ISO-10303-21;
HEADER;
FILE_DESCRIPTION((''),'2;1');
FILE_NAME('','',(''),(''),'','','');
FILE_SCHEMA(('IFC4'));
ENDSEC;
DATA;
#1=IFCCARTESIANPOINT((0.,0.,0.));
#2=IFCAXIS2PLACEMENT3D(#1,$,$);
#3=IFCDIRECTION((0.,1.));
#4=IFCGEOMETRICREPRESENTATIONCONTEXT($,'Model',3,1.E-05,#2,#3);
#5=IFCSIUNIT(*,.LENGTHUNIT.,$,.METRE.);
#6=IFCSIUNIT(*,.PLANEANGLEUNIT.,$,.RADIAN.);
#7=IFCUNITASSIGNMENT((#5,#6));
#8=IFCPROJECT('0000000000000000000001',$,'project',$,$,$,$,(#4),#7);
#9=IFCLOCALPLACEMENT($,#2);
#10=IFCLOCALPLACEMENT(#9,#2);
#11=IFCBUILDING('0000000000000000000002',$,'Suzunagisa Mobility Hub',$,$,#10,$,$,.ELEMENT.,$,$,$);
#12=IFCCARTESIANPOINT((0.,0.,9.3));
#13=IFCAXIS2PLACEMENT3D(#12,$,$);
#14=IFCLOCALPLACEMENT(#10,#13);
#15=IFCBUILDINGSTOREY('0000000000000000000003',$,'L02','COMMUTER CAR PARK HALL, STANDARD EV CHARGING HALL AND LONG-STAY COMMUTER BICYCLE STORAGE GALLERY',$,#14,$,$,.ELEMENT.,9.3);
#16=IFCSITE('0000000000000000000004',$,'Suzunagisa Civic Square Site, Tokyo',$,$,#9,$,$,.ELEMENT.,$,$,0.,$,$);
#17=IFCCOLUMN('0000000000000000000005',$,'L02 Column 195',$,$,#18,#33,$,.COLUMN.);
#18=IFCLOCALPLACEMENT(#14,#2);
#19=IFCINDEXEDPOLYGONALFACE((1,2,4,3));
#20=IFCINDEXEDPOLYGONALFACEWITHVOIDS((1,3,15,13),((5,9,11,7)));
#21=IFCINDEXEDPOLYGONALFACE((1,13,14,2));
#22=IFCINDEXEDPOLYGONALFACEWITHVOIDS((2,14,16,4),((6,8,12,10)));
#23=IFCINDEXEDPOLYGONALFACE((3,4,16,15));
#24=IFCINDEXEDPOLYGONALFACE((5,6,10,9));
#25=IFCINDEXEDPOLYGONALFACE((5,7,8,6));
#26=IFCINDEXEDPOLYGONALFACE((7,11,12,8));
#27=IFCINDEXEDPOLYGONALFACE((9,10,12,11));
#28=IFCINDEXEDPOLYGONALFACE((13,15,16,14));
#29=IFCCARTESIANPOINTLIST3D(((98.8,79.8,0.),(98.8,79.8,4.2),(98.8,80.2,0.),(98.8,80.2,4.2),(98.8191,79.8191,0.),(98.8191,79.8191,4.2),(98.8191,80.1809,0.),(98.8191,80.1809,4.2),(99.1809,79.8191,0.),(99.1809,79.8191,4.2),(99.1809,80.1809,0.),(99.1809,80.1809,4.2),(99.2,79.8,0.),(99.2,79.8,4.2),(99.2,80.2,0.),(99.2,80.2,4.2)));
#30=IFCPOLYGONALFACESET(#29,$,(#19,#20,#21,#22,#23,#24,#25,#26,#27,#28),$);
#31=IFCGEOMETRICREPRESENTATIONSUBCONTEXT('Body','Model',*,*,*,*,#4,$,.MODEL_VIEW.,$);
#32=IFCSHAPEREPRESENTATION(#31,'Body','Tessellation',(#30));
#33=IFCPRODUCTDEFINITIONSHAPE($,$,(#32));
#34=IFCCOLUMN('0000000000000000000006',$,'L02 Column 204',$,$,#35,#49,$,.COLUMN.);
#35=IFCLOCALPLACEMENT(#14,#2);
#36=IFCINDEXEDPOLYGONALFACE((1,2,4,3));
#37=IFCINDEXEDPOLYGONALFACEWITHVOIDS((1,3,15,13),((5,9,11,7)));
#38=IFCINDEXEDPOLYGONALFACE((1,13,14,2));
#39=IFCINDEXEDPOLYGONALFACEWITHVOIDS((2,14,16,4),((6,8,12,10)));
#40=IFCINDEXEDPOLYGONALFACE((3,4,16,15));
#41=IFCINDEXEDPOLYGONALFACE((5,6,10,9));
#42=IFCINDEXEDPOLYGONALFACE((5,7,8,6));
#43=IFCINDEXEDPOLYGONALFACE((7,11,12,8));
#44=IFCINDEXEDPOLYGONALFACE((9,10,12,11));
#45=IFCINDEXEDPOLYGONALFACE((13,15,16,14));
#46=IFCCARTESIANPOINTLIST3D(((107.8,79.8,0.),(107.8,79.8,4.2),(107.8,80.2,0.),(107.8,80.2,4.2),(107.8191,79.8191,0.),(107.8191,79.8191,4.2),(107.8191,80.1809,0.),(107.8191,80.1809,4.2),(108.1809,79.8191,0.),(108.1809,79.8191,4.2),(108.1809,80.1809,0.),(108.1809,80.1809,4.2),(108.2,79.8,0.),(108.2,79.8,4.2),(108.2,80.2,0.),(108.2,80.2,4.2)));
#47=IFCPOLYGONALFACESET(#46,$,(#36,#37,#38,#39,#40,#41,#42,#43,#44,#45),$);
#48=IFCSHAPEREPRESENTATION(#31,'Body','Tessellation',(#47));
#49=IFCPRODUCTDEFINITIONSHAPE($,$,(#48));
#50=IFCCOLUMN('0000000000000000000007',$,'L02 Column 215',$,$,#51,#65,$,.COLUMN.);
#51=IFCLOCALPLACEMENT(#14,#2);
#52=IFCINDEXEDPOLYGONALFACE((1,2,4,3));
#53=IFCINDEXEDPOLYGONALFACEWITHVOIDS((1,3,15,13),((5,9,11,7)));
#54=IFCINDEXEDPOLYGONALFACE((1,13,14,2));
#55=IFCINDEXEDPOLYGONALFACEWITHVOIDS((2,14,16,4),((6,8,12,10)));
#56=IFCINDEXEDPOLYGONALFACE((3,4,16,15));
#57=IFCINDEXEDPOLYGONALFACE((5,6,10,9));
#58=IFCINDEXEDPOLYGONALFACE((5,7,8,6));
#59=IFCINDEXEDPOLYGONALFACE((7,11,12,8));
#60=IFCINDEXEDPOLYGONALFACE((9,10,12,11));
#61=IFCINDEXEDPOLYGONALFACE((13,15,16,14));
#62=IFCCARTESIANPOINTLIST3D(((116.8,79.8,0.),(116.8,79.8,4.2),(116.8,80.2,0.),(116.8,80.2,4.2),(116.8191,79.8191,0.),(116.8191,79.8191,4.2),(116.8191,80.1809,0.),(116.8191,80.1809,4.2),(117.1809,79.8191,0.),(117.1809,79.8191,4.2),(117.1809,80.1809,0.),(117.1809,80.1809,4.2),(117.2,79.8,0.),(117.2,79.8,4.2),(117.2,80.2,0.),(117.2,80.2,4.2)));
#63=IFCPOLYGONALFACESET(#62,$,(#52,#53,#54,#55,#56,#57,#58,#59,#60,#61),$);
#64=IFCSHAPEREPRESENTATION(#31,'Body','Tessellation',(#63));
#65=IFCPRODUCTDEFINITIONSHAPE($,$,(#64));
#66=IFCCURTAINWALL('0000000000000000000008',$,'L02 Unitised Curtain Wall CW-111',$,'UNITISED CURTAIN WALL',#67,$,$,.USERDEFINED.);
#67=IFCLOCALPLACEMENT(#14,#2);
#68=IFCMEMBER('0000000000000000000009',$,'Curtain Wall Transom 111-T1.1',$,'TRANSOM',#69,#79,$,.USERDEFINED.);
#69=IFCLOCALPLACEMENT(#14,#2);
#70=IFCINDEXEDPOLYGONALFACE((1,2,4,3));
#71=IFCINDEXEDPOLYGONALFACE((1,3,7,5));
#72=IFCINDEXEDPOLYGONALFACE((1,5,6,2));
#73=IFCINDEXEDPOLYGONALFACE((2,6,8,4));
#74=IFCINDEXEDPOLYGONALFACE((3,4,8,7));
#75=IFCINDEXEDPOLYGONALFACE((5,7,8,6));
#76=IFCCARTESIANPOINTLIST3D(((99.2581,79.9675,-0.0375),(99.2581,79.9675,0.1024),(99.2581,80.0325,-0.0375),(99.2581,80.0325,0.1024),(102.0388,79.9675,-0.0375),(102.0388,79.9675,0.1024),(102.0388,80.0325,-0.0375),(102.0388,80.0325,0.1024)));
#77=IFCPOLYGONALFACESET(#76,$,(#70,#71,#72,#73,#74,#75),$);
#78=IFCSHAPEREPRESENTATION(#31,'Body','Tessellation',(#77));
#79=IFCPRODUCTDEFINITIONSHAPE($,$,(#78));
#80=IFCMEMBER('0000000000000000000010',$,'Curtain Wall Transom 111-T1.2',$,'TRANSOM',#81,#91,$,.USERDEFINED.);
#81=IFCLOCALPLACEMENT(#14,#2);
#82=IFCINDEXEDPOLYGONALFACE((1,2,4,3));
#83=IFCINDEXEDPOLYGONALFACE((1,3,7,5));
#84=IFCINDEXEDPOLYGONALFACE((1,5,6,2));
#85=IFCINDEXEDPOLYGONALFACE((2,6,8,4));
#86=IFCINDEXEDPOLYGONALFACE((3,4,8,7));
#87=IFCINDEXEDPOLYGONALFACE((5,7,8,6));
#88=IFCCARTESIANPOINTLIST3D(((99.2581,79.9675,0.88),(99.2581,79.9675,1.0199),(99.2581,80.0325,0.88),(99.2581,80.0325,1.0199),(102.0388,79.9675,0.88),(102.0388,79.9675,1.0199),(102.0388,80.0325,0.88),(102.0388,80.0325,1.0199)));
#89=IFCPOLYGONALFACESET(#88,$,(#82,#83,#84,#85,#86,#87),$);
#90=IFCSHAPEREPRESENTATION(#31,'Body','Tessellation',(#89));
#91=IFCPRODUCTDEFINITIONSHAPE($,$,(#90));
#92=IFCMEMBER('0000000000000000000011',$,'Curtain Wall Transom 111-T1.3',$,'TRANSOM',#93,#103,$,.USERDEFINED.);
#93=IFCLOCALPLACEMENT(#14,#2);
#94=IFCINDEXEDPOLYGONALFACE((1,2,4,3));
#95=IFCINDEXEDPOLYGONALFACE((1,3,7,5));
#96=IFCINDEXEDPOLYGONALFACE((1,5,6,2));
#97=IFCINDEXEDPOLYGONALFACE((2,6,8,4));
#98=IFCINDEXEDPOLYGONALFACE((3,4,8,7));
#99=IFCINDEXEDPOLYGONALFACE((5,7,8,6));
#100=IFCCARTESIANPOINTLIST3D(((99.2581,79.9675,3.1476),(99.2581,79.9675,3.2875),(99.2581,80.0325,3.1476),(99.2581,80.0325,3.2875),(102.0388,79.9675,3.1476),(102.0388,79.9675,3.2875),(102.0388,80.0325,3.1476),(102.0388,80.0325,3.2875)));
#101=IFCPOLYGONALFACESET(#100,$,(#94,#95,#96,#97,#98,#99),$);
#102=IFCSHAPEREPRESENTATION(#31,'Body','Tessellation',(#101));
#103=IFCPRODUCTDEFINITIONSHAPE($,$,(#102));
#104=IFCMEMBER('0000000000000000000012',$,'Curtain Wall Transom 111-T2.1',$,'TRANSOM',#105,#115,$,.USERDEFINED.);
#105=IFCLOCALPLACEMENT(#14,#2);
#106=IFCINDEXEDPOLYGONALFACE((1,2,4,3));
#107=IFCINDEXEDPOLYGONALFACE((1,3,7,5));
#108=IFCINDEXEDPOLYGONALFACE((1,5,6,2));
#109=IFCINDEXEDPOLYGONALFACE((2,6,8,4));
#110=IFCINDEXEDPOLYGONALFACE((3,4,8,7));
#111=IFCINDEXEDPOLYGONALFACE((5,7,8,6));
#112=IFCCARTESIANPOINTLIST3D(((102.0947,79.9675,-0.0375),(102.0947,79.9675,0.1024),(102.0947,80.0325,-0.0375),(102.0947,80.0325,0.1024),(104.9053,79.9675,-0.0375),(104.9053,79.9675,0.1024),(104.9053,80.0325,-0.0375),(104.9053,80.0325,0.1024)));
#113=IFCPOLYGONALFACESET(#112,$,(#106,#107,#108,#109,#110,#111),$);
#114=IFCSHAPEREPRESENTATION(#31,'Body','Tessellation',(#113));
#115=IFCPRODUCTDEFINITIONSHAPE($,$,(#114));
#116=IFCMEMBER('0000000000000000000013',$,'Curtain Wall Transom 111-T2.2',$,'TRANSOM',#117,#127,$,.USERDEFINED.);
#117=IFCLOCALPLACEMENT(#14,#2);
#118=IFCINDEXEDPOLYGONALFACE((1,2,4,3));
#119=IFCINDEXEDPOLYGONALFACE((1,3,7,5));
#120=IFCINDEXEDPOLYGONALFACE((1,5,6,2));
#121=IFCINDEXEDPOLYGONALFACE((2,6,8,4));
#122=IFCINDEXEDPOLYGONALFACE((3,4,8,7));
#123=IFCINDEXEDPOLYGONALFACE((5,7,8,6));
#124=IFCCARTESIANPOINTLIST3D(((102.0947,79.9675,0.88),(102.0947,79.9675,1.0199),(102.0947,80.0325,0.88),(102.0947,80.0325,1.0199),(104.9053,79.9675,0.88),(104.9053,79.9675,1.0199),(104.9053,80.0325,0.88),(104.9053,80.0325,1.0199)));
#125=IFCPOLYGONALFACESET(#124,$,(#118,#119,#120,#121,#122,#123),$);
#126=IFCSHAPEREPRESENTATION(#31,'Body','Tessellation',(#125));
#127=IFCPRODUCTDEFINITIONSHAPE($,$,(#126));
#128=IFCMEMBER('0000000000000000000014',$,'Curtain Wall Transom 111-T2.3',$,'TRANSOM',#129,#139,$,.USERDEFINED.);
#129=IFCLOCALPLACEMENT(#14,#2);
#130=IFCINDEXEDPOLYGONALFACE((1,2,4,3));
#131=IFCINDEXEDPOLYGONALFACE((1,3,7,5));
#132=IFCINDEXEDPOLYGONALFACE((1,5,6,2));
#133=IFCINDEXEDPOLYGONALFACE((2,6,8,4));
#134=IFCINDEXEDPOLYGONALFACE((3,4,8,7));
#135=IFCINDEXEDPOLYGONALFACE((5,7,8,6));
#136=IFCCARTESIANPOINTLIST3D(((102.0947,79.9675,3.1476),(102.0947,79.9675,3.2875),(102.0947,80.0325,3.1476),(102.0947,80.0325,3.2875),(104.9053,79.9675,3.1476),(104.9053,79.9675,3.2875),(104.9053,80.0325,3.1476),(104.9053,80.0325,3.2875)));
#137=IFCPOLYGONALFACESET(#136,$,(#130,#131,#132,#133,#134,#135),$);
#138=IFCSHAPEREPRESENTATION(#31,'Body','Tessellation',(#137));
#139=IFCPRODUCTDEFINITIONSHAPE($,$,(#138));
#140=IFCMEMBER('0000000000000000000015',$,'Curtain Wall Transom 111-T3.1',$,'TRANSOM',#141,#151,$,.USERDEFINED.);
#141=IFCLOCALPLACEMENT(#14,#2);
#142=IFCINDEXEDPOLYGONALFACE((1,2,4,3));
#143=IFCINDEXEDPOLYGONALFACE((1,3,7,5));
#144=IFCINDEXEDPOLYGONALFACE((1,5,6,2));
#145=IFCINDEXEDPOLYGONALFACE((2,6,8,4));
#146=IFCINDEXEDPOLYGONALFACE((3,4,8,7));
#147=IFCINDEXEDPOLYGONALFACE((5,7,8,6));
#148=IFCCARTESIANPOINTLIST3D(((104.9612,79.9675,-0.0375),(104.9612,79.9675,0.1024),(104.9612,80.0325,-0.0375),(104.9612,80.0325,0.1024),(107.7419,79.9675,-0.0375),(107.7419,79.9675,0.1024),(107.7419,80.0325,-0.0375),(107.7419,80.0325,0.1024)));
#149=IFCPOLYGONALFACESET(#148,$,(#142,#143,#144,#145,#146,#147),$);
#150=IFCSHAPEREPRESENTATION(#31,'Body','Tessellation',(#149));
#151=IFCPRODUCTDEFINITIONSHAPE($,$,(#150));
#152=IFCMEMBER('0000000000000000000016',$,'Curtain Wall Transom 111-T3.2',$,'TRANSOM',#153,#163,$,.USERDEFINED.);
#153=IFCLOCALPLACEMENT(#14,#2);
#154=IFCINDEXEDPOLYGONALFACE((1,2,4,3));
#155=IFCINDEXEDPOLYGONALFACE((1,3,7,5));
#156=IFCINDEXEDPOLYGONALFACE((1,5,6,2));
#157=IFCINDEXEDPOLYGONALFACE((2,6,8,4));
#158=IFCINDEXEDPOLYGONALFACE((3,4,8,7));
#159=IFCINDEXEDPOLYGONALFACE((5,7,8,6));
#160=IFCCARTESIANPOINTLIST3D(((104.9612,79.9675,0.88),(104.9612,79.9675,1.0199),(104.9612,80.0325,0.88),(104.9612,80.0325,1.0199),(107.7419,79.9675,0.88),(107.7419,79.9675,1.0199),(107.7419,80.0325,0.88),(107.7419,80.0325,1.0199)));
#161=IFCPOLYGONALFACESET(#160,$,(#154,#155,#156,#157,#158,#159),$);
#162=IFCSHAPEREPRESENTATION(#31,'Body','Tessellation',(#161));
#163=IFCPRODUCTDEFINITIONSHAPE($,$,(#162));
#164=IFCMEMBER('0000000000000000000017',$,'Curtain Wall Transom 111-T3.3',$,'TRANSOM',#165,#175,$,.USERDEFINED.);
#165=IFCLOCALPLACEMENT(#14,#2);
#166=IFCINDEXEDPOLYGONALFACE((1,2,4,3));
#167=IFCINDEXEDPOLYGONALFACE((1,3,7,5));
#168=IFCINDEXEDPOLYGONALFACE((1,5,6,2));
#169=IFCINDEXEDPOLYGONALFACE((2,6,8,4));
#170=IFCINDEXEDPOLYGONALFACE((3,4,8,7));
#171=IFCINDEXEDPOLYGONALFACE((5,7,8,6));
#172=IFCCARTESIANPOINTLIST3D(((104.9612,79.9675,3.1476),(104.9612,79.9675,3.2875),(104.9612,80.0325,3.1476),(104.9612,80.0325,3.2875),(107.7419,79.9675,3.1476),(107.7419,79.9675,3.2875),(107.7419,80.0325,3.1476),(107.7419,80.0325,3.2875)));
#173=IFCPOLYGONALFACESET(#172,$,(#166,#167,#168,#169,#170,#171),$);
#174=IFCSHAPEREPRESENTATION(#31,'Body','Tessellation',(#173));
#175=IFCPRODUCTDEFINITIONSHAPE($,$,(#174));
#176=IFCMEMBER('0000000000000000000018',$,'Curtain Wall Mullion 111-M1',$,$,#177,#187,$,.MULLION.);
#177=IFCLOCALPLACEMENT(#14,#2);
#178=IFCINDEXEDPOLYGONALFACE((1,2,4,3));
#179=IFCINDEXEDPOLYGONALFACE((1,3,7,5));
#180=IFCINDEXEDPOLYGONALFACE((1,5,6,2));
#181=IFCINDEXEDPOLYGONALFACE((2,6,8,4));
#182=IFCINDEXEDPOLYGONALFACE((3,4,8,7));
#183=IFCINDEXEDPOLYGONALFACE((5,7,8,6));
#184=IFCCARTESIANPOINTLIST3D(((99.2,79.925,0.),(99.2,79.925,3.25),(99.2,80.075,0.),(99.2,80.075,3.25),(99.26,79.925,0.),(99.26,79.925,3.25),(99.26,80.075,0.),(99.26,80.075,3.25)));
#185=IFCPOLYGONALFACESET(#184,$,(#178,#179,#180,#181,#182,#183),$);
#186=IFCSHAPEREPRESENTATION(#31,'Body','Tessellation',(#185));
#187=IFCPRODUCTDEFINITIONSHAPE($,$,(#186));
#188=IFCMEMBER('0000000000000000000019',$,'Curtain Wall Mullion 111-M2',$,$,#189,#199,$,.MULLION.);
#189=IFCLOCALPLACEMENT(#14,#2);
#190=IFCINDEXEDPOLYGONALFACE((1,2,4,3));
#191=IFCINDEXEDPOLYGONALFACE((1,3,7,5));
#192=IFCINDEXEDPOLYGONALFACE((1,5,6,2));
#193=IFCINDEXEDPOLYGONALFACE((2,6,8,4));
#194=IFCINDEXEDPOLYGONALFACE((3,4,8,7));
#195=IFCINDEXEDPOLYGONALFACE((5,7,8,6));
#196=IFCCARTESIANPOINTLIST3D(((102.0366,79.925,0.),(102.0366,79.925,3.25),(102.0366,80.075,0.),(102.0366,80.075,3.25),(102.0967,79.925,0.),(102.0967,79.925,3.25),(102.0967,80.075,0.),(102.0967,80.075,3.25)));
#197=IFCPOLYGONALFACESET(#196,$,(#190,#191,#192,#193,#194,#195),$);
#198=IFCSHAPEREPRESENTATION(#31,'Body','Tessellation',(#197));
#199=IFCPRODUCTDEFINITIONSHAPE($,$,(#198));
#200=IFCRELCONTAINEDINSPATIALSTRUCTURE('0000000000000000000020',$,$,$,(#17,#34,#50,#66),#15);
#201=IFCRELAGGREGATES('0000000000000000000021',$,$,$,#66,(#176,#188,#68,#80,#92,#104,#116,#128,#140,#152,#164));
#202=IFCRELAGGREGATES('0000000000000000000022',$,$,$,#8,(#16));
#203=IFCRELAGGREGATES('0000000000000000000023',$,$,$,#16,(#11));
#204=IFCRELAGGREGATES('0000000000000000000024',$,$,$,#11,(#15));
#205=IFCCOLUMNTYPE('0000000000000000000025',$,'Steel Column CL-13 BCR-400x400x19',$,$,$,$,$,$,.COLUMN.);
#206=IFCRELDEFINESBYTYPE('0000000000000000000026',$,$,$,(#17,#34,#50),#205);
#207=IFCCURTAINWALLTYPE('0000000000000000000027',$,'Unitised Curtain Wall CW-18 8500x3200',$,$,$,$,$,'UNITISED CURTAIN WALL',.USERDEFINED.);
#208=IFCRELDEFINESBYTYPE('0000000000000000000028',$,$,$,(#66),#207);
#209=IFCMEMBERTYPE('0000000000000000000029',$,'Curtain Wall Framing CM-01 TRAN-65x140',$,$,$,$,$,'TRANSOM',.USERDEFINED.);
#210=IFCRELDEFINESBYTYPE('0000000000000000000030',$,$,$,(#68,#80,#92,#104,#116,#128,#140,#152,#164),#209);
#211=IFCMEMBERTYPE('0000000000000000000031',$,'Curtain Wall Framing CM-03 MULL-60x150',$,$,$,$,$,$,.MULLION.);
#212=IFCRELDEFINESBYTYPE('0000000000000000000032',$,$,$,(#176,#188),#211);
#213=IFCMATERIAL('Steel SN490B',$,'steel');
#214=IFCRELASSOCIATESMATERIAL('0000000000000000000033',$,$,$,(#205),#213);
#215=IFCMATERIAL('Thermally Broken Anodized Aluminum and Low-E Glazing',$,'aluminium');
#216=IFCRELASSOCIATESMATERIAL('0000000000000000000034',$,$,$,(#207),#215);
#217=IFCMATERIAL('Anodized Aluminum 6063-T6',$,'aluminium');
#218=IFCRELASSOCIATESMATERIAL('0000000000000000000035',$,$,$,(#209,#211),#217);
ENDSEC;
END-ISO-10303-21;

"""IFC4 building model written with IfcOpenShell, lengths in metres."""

from ifc_helpers import new_model, si_unit, direction, frame, origin, origin_2d, place, context, subcontext, project, spatial, rectangle, hollow_rectangle, extrude, material, material_profile, profile_set, type_object, element, aggregate, save


model = new_model("IFC4")

# Units and contexts
model_context = context("Model", 3, precision=1e-05, world=origin(), true_north=direction((0.0, 1.0)))
body_context = subcontext(model_context, "Body", "Model", "MODEL_VIEW")
ifc_project = project(units=[si_unit("LENGTHUNIT", "METRE"), si_unit("PLANEANGLEUNIT", "RADIAN")], contexts=[model_context])

# Site, building, storey
site_placement = place(None, origin())
site = spatial("IfcSite", under=ifc_project, at=site_placement, Name="Suzunagisa Civic Square Site, Tokyo", CompositionType="ELEMENT", RefElevation=0.0)
building_placement = place(site_placement, origin())
building = spatial("IfcBuilding", under=site, at=building_placement, Name="Suzunagisa Mobility Hub", CompositionType="ELEMENT")
storey_placement = place(building_placement, frame((0.0, 0.0, 9.3)))
storey = spatial("IfcBuildingStorey", under=building, at=storey_placement, Name="L02", Description="COMMUTER CAR PARK HALL, STANDARD EV CHARGING HALL AND LONG-STAY COMMUTER BICYCLE STORAGE GALLERY", CompositionType="ELEMENT", Elevation=9.3)

# Columns
ifc_material_1 = material(Name="Steel SN490B", Category="steel")
ifc_material_profile_1 = material_profile(ifc_material_1, hollow_rectangle(XDim=0.3999, YDim=0.3999, WallThickness=0.019, at=origin_2d()), Name="BCR-400x400x19")
ifc_profile_set_1 = profile_set([ifc_material_profile_1], Name="Steel SN490B")
column_type = type_object("IfcColumnType", Name="Steel Column CL-13 BCR-400x400x19", PredefinedType="COLUMN", material=ifc_profile_set_1)
for number, where, z_axis, x_axis, name in (
    (1, (99.0, 80.0, 0.0), (0.0, 0.0, 1.0), (1.0, 0.0, 0.0), "L02 Column 195"),
    (2, (108.0, 80.0, 0.0), (0.0, 0.0, 1.0), (1.0, 0.0, 0.0), "L02 Column 204"),
    (3, (117.0, 80.0, 0.0), (0.0, 0.0, 1.0), (1.0, 0.0, 0.0), "L02 Column 215"),
):
    element("IfcColumn", number, at=place(storey_placement, frame(where, z_axis=z_axis, x_axis=x_axis)), inside=storey, type_object=column_type, Name=name, PredefinedType="COLUMN", context=body_context, shape_type="SweptSolid", body=[
        extrude(hollow_rectangle(XDim=0.3999, YDim=0.3999, WallThickness=0.019, at=origin_2d()), origin(), (0.0, 0.0, 1.0), 4.2),
    ])

# Curtain wall, members
ifc_material_2 = material(Name="Thermally Broken Anodized Aluminum and Low-E Glazing", Category="aluminium")
curtain_wall_type = type_object("IfcCurtainWallType", Name="Unitised Curtain Wall CW-18 8500x3200", ElementType="UNITISED CURTAIN WALL", PredefinedType="USERDEFINED", material=ifc_material_2)
curtain_wall_placement = place(storey_placement, origin())
curtain_wall = element("IfcCurtainWall", 4, at=curtain_wall_placement, inside=storey, type_object=curtain_wall_type, Name="L02 Unitised Curtain Wall CW-111", ObjectType="UNITISED CURTAIN WALL", PredefinedType="USERDEFINED")
ifc_material_3 = material(Name="Anodized Aluminum 6063-T6", Category="aluminium")
ifc_material_profile_2 = material_profile(ifc_material_3, rectangle(XDim=0.0649, YDim=0.1399, at=origin_2d()), Name="TRAN-65x140")
ifc_profile_set_2 = profile_set([ifc_material_profile_2], Name="Anodized Aluminum 6063-T6")
member_type_1 = type_object("IfcMemberType", Name="Curtain Wall Framing CM-01 TRAN-65x140", ElementType="TRANSOM", PredefinedType="USERDEFINED", material=ifc_profile_set_2)
member_1_placement = place(storey_placement, frame((99.2581, 80.0, 0.0325), z_axis=(1.0, 0.0, 0.0), x_axis=(0.0, 1.0, 0.0)))
member_1 = element("IfcMember", 5, at=member_1_placement, type_object=member_type_1, Name="Curtain Wall Transom 111-T1.1", ObjectType="TRANSOM", PredefinedType="USERDEFINED", context=body_context, shape_type="SweptSolid", body=[
    extrude(rectangle(XDim=0.0649, YDim=0.1399, at=origin_2d()), origin(), (0.0, 0.0, 1.0), 2.7808),
])
member_2_placement = place(storey_placement, frame((99.2581, 80.0, 0.95), z_axis=(1.0, 0.0, 0.0), x_axis=(0.0, 1.0, 0.0)))
member_2 = element("IfcMember", 6, at=member_2_placement, type_object=member_type_1, Name="Curtain Wall Transom 111-T1.2", ObjectType="TRANSOM", PredefinedType="USERDEFINED", context=body_context, shape_type="SweptSolid", body=[
    extrude(rectangle(XDim=0.0649, YDim=0.1399, at=origin_2d()), origin(), (0.0, 0.0, 1.0), 2.7808),
])
member_3_placement = place(storey_placement, frame((99.2581, 80.0, 3.2175), z_axis=(1.0, 0.0, 0.0), x_axis=(0.0, 1.0, 0.0)))
member_3 = element("IfcMember", 7, at=member_3_placement, type_object=member_type_1, Name="Curtain Wall Transom 111-T1.3", ObjectType="TRANSOM", PredefinedType="USERDEFINED", context=body_context, shape_type="SweptSolid", body=[
    extrude(rectangle(XDim=0.0649, YDim=0.1399, at=origin_2d()), origin(), (0.0, 0.0, 1.0), 2.7808),
])
member_4_placement = place(storey_placement, frame((102.0947, 80.0, 0.0325), z_axis=(1.0, 0.0, 0.0), x_axis=(0.0, 1.0, 0.0)))
member_4 = element("IfcMember", 8, at=member_4_placement, type_object=member_type_1, Name="Curtain Wall Transom 111-T2.1", ObjectType="TRANSOM", PredefinedType="USERDEFINED", context=body_context, shape_type="SweptSolid", body=[
    extrude(rectangle(XDim=0.0649, YDim=0.1399, at=origin_2d()), origin(), (0.0, 0.0, 1.0), 2.8105),
])
member_5_placement = place(storey_placement, frame((102.0947, 80.0, 0.95), z_axis=(1.0, 0.0, 0.0), x_axis=(0.0, 1.0, 0.0)))
member_5 = element("IfcMember", 9, at=member_5_placement, type_object=member_type_1, Name="Curtain Wall Transom 111-T2.2", ObjectType="TRANSOM", PredefinedType="USERDEFINED", context=body_context, shape_type="SweptSolid", body=[
    extrude(rectangle(XDim=0.0649, YDim=0.1399, at=origin_2d()), origin(), (0.0, 0.0, 1.0), 2.8105),
])
member_6_placement = place(storey_placement, frame((102.0947, 80.0, 3.2175), z_axis=(1.0, 0.0, 0.0), x_axis=(0.0, 1.0, 0.0)))
member_6 = element("IfcMember", 10, at=member_6_placement, type_object=member_type_1, Name="Curtain Wall Transom 111-T2.3", ObjectType="TRANSOM", PredefinedType="USERDEFINED", context=body_context, shape_type="SweptSolid", body=[
    extrude(rectangle(XDim=0.0649, YDim=0.1399, at=origin_2d()), origin(), (0.0, 0.0, 1.0), 2.8105),
])
member_7_placement = place(storey_placement, frame((104.9612, 80.0, 0.0325), z_axis=(1.0, 0.0, 0.0), x_axis=(0.0, 1.0, 0.0)))
member_7 = element("IfcMember", 11, at=member_7_placement, type_object=member_type_1, Name="Curtain Wall Transom 111-T3.1", ObjectType="TRANSOM", PredefinedType="USERDEFINED", context=body_context, shape_type="SweptSolid", body=[
    extrude(rectangle(XDim=0.0649, YDim=0.1399, at=origin_2d()), origin(), (0.0, 0.0, 1.0), 2.7808),
])
member_8_placement = place(storey_placement, frame((104.9612, 80.0, 0.95), z_axis=(1.0, 0.0, 0.0), x_axis=(0.0, 1.0, 0.0)))
member_8 = element("IfcMember", 12, at=member_8_placement, type_object=member_type_1, Name="Curtain Wall Transom 111-T3.2", ObjectType="TRANSOM", PredefinedType="USERDEFINED", context=body_context, shape_type="SweptSolid", body=[
    extrude(rectangle(XDim=0.0649, YDim=0.1399, at=origin_2d()), origin(), (0.0, 0.0, 1.0), 2.7808),
])
member_9_placement = place(storey_placement, frame((104.9612, 80.0, 3.2175), z_axis=(1.0, 0.0, 0.0), x_axis=(0.0, 1.0, 0.0)))
member_9 = element("IfcMember", 13, at=member_9_placement, type_object=member_type_1, Name="Curtain Wall Transom 111-T3.3", ObjectType="TRANSOM", PredefinedType="USERDEFINED", context=body_context, shape_type="SweptSolid", body=[
    extrude(rectangle(XDim=0.0649, YDim=0.1399, at=origin_2d()), origin(), (0.0, 0.0, 1.0), 2.7808),
])
ifc_material_profile_3 = material_profile(ifc_material_3, rectangle(XDim=0.0601, YDim=0.1499, at=origin_2d()), Name="MULL-60x150")
ifc_profile_set_3 = profile_set([ifc_material_profile_3], Name="Anodized Aluminum 6063-T6")
member_type_2 = type_object("IfcMemberType", Name="Curtain Wall Framing CM-03 MULL-60x150", PredefinedType="MULLION", material=ifc_profile_set_3)
member_10_placement = place(storey_placement, frame((99.23, 80.0, 0.0), z_axis=(0.0, 0.0, 1.0), x_axis=(1.0, 0.0, 0.0)))
member_10 = element("IfcMember", 14, at=member_10_placement, type_object=member_type_2, Name="Curtain Wall Mullion 111-M1", PredefinedType="MULLION", context=body_context, shape_type="SweptSolid", body=[
    extrude(rectangle(XDim=0.0601, YDim=0.1499, at=origin_2d()), origin(), (0.0, 0.0, 1.0), 3.25),
])
member_11_placement = place(storey_placement, frame((102.0667, 80.0, 0.0), z_axis=(0.0, 0.0, 1.0), x_axis=(1.0, 0.0, 0.0)))
member_11 = element("IfcMember", 15, at=member_11_placement, type_object=member_type_2, Name="Curtain Wall Mullion 111-M2", PredefinedType="MULLION", context=body_context, shape_type="SweptSolid", body=[
    extrude(rectangle(XDim=0.0601, YDim=0.1499, at=origin_2d()), origin(), (0.0, 0.0, 1.0), 3.25),
])

aggregate(curtain_wall, [member_10, member_11, member_1, member_2, member_3, member_4, member_5, member_6, member_7, member_8, member_9])

save(model, "model.ifc")
